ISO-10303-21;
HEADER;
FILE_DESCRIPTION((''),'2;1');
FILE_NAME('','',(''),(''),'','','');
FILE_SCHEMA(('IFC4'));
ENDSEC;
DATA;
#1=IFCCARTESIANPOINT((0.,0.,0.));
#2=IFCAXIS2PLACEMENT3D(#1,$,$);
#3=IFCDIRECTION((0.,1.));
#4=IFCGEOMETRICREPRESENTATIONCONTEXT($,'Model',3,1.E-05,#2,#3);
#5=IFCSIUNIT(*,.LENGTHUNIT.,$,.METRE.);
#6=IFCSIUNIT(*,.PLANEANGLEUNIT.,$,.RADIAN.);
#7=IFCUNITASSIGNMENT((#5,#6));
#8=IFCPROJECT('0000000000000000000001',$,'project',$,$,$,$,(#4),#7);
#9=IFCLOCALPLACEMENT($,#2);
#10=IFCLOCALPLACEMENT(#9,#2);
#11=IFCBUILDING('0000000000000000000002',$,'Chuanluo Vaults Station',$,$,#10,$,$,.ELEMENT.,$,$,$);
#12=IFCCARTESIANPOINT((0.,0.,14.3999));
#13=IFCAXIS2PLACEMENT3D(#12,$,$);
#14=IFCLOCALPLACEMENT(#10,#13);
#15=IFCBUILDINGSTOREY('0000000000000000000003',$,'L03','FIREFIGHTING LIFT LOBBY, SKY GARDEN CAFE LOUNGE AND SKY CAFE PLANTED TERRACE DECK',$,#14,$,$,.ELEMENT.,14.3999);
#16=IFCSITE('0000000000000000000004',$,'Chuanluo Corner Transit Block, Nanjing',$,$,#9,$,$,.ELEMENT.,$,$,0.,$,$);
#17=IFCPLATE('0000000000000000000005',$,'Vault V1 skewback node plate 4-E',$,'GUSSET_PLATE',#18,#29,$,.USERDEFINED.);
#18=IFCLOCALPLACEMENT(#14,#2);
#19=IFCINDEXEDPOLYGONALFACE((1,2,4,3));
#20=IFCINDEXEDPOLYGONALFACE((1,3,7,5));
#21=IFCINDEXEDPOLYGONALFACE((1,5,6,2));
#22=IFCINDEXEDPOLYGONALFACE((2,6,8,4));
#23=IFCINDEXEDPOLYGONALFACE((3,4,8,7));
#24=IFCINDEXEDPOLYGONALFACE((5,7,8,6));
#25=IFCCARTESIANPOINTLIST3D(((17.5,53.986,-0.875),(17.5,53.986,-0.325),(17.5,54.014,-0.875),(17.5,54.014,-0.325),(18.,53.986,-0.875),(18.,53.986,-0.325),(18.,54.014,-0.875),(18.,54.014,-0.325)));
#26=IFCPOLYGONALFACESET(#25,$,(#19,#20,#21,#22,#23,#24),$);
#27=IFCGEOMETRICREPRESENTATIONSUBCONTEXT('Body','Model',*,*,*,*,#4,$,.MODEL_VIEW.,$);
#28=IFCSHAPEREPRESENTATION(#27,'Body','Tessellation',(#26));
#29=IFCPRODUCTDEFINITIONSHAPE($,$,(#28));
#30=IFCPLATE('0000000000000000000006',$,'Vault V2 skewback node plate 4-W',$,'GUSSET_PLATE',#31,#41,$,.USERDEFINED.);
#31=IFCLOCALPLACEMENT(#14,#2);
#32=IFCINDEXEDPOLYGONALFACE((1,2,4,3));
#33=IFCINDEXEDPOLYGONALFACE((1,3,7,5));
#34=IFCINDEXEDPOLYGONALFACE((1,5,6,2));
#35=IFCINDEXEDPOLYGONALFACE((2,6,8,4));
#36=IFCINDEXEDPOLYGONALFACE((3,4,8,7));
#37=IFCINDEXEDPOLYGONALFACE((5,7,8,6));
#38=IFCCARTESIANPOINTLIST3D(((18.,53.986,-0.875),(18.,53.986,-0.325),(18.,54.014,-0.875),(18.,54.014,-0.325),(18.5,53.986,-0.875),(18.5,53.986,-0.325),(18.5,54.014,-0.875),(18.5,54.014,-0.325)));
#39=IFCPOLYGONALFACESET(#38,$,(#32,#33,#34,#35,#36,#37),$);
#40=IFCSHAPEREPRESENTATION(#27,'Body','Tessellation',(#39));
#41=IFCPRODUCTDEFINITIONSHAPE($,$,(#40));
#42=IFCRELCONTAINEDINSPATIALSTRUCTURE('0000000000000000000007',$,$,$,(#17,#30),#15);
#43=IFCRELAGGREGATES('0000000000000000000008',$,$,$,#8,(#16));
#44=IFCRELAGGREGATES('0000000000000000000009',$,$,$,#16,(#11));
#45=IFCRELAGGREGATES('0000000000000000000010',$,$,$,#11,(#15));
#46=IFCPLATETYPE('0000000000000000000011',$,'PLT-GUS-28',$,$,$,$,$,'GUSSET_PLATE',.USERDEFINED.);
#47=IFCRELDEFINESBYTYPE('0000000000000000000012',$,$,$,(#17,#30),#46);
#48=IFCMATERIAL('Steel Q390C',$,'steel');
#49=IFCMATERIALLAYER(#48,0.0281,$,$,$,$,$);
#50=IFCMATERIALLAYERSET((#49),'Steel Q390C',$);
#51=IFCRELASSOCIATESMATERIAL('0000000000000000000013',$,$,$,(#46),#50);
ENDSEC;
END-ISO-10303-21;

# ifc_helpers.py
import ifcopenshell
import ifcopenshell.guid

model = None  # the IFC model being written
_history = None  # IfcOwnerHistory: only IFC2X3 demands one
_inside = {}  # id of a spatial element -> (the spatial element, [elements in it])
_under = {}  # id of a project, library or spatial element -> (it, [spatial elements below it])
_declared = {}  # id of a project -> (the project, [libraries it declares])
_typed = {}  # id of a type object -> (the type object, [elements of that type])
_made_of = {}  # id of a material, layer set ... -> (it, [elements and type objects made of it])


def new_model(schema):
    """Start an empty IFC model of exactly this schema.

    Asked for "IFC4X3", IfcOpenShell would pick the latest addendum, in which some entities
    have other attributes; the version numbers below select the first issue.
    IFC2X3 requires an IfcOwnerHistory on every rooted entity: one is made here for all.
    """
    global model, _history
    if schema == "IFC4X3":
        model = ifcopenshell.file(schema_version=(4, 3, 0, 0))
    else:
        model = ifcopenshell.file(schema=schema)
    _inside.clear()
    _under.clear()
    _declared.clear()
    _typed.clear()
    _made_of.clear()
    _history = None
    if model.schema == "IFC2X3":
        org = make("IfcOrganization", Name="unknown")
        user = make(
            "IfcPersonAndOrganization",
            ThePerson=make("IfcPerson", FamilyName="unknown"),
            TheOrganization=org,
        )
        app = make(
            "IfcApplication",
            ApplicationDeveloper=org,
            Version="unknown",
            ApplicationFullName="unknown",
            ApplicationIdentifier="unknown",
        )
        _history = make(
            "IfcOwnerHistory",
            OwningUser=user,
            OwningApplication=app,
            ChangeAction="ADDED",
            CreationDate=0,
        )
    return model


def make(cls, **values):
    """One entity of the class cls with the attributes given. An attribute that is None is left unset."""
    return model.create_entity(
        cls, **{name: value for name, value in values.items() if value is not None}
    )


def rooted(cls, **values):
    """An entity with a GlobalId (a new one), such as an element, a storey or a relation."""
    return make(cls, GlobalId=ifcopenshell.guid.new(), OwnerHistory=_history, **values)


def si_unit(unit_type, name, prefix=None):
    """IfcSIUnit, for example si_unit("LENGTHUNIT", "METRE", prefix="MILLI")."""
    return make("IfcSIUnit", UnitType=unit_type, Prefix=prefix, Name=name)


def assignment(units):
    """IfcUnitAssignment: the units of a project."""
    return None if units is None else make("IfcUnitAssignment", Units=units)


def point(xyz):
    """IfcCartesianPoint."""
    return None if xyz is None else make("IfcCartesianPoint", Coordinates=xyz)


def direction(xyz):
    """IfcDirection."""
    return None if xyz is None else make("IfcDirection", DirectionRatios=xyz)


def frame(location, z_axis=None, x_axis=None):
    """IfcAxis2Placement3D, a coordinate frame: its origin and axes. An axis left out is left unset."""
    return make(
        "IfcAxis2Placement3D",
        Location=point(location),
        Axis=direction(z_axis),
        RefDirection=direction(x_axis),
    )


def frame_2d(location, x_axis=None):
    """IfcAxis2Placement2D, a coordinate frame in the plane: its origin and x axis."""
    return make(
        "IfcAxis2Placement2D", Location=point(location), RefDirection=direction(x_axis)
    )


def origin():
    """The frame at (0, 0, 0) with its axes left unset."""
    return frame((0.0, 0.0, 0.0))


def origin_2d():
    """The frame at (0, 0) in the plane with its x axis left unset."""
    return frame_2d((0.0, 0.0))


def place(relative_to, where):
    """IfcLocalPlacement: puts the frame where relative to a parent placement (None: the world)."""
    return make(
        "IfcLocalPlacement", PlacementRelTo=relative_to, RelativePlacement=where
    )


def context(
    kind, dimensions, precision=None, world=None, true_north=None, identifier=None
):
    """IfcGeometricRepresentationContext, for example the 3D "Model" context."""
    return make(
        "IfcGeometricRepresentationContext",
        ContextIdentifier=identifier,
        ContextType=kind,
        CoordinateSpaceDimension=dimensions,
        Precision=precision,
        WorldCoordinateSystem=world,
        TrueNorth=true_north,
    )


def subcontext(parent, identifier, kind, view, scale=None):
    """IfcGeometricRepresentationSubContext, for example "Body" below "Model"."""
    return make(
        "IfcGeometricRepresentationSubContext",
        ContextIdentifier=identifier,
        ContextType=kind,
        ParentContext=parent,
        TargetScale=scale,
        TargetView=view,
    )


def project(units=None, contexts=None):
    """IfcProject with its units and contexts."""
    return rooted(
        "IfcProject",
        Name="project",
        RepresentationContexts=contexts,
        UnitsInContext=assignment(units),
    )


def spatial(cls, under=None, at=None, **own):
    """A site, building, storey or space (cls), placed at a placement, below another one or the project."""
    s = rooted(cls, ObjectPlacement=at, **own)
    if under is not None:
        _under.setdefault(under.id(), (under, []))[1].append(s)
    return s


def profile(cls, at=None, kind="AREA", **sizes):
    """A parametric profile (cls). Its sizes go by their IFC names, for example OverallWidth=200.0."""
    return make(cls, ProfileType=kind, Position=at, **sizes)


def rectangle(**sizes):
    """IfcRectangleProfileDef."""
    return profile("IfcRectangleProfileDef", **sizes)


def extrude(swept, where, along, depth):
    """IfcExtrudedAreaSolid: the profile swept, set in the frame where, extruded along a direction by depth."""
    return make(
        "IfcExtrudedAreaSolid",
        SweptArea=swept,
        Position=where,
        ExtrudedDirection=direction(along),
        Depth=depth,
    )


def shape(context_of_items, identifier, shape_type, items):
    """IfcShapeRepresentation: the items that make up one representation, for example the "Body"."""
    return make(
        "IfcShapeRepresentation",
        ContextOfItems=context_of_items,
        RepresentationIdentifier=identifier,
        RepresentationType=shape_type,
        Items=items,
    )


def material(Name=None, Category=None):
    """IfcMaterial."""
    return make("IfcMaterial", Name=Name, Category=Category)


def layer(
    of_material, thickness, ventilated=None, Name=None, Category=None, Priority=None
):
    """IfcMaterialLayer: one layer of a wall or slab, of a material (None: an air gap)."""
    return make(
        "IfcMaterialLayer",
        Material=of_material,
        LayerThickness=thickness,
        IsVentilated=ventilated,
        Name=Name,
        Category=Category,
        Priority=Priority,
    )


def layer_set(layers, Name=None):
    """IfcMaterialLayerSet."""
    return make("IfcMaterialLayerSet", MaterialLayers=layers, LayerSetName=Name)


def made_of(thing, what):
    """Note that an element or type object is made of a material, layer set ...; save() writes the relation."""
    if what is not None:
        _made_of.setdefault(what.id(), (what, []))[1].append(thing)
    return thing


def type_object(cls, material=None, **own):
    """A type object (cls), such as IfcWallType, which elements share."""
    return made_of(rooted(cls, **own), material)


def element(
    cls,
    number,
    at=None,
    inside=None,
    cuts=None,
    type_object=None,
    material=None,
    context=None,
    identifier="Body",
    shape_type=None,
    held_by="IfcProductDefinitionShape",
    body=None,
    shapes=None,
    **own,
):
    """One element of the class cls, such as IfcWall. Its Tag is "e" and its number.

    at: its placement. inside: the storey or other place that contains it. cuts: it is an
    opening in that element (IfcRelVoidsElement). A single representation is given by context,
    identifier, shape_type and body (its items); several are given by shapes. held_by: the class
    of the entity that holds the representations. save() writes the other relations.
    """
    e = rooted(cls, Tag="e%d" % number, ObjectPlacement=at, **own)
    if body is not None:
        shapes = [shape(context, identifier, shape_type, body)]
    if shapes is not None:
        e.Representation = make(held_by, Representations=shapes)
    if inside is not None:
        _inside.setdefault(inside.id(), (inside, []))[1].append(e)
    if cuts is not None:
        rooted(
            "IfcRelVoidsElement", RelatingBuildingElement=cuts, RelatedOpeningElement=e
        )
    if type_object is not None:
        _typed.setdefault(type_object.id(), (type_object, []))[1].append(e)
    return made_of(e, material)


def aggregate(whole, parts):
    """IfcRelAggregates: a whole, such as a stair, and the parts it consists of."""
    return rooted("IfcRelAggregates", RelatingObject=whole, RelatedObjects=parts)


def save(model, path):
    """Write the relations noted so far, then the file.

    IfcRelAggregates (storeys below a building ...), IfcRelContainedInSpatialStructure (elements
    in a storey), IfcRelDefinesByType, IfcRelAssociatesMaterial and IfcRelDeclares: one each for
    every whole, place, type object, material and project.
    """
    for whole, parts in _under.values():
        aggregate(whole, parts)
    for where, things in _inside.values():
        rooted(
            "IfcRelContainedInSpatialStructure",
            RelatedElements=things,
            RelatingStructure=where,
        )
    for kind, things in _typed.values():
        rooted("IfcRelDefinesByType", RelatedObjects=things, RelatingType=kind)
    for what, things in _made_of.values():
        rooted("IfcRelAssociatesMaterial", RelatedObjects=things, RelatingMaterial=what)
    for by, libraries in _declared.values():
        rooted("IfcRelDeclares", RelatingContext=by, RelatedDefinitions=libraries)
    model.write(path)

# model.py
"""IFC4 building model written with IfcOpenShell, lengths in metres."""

from ifc_helpers import new_model, si_unit, direction, frame, origin, origin_2d, place, context, subcontext, project, spatial, rectangle, extrude, material, layer, layer_set, type_object, element, save


model = new_model("IFC4")

# Units and contexts
model_context = context("Model", 3, precision=1e-05, world=origin(), true_north=direction((0.0, 1.0)))
body_context = subcontext(model_context, "Body", "Model", "MODEL_VIEW")
ifc_project = project(units=[si_unit("LENGTHUNIT", "METRE"), si_unit("PLANEANGLEUNIT", "RADIAN")], contexts=[model_context])

# Site, building, storey
site_placement = place(None, origin())
site = spatial("IfcSite", under=ifc_project, at=site_placement, Name="Chuanluo Corner Transit Block, Nanjing", CompositionType="ELEMENT", RefElevation=0.0)
building_placement = place(site_placement, origin())
building = spatial("IfcBuilding", under=site, at=building_placement, Name="Chuanluo Vaults Station", CompositionType="ELEMENT")
storey_placement = place(building_placement, frame((0.0, 0.0, 14.3999)))
storey = spatial("IfcBuildingStorey", under=building, at=storey_placement, Name="L03", Description="FIREFIGHTING LIFT LOBBY, SKY GARDEN CAFE LOUNGE AND SKY CAFE PLANTED TERRACE DECK", CompositionType="ELEMENT", Elevation=14.3999)

# Plates
ifc_material_1 = material(Name="Steel Q390C", Category="steel")
ifc_layer = layer(ifc_material_1, 0.0281)
ifc_layer_set = layer_set([ifc_layer], Name="Steel Q390C")
plate_type = type_object("IfcPlateType", Name="PLT-GUS-28", ElementType="GUSSET_PLATE", PredefinedType="USERDEFINED", material=ifc_layer_set)
for number, where, z_axis, x_axis, name in (
    (1, (17.75, 54.0, -0.875), (0.0, 0.0, 1.0), (1.0, 0.0, 0.0), "Vault V1 skewback node plate 4-E"),
    (2, (18.25, 54.0, -0.875), (0.0, 0.0, 1.0), (1.0, 0.0, 0.0), "Vault V2 skewback node plate 4-W"),
):
    element("IfcPlate", number, at=place(storey_placement, frame(where, z_axis=z_axis, x_axis=x_axis)), inside=storey, type_object=plate_type, Name=name, ObjectType="GUSSET_PLATE", PredefinedType="USERDEFINED", context=body_context, shape_type="SweptSolid", body=[
        extrude(rectangle(XDim=0.5, YDim=0.0281, at=origin_2d()), origin(), (0.0, 0.0, 1.0), 0.55),
    ])

save(model, "model.ifc")
